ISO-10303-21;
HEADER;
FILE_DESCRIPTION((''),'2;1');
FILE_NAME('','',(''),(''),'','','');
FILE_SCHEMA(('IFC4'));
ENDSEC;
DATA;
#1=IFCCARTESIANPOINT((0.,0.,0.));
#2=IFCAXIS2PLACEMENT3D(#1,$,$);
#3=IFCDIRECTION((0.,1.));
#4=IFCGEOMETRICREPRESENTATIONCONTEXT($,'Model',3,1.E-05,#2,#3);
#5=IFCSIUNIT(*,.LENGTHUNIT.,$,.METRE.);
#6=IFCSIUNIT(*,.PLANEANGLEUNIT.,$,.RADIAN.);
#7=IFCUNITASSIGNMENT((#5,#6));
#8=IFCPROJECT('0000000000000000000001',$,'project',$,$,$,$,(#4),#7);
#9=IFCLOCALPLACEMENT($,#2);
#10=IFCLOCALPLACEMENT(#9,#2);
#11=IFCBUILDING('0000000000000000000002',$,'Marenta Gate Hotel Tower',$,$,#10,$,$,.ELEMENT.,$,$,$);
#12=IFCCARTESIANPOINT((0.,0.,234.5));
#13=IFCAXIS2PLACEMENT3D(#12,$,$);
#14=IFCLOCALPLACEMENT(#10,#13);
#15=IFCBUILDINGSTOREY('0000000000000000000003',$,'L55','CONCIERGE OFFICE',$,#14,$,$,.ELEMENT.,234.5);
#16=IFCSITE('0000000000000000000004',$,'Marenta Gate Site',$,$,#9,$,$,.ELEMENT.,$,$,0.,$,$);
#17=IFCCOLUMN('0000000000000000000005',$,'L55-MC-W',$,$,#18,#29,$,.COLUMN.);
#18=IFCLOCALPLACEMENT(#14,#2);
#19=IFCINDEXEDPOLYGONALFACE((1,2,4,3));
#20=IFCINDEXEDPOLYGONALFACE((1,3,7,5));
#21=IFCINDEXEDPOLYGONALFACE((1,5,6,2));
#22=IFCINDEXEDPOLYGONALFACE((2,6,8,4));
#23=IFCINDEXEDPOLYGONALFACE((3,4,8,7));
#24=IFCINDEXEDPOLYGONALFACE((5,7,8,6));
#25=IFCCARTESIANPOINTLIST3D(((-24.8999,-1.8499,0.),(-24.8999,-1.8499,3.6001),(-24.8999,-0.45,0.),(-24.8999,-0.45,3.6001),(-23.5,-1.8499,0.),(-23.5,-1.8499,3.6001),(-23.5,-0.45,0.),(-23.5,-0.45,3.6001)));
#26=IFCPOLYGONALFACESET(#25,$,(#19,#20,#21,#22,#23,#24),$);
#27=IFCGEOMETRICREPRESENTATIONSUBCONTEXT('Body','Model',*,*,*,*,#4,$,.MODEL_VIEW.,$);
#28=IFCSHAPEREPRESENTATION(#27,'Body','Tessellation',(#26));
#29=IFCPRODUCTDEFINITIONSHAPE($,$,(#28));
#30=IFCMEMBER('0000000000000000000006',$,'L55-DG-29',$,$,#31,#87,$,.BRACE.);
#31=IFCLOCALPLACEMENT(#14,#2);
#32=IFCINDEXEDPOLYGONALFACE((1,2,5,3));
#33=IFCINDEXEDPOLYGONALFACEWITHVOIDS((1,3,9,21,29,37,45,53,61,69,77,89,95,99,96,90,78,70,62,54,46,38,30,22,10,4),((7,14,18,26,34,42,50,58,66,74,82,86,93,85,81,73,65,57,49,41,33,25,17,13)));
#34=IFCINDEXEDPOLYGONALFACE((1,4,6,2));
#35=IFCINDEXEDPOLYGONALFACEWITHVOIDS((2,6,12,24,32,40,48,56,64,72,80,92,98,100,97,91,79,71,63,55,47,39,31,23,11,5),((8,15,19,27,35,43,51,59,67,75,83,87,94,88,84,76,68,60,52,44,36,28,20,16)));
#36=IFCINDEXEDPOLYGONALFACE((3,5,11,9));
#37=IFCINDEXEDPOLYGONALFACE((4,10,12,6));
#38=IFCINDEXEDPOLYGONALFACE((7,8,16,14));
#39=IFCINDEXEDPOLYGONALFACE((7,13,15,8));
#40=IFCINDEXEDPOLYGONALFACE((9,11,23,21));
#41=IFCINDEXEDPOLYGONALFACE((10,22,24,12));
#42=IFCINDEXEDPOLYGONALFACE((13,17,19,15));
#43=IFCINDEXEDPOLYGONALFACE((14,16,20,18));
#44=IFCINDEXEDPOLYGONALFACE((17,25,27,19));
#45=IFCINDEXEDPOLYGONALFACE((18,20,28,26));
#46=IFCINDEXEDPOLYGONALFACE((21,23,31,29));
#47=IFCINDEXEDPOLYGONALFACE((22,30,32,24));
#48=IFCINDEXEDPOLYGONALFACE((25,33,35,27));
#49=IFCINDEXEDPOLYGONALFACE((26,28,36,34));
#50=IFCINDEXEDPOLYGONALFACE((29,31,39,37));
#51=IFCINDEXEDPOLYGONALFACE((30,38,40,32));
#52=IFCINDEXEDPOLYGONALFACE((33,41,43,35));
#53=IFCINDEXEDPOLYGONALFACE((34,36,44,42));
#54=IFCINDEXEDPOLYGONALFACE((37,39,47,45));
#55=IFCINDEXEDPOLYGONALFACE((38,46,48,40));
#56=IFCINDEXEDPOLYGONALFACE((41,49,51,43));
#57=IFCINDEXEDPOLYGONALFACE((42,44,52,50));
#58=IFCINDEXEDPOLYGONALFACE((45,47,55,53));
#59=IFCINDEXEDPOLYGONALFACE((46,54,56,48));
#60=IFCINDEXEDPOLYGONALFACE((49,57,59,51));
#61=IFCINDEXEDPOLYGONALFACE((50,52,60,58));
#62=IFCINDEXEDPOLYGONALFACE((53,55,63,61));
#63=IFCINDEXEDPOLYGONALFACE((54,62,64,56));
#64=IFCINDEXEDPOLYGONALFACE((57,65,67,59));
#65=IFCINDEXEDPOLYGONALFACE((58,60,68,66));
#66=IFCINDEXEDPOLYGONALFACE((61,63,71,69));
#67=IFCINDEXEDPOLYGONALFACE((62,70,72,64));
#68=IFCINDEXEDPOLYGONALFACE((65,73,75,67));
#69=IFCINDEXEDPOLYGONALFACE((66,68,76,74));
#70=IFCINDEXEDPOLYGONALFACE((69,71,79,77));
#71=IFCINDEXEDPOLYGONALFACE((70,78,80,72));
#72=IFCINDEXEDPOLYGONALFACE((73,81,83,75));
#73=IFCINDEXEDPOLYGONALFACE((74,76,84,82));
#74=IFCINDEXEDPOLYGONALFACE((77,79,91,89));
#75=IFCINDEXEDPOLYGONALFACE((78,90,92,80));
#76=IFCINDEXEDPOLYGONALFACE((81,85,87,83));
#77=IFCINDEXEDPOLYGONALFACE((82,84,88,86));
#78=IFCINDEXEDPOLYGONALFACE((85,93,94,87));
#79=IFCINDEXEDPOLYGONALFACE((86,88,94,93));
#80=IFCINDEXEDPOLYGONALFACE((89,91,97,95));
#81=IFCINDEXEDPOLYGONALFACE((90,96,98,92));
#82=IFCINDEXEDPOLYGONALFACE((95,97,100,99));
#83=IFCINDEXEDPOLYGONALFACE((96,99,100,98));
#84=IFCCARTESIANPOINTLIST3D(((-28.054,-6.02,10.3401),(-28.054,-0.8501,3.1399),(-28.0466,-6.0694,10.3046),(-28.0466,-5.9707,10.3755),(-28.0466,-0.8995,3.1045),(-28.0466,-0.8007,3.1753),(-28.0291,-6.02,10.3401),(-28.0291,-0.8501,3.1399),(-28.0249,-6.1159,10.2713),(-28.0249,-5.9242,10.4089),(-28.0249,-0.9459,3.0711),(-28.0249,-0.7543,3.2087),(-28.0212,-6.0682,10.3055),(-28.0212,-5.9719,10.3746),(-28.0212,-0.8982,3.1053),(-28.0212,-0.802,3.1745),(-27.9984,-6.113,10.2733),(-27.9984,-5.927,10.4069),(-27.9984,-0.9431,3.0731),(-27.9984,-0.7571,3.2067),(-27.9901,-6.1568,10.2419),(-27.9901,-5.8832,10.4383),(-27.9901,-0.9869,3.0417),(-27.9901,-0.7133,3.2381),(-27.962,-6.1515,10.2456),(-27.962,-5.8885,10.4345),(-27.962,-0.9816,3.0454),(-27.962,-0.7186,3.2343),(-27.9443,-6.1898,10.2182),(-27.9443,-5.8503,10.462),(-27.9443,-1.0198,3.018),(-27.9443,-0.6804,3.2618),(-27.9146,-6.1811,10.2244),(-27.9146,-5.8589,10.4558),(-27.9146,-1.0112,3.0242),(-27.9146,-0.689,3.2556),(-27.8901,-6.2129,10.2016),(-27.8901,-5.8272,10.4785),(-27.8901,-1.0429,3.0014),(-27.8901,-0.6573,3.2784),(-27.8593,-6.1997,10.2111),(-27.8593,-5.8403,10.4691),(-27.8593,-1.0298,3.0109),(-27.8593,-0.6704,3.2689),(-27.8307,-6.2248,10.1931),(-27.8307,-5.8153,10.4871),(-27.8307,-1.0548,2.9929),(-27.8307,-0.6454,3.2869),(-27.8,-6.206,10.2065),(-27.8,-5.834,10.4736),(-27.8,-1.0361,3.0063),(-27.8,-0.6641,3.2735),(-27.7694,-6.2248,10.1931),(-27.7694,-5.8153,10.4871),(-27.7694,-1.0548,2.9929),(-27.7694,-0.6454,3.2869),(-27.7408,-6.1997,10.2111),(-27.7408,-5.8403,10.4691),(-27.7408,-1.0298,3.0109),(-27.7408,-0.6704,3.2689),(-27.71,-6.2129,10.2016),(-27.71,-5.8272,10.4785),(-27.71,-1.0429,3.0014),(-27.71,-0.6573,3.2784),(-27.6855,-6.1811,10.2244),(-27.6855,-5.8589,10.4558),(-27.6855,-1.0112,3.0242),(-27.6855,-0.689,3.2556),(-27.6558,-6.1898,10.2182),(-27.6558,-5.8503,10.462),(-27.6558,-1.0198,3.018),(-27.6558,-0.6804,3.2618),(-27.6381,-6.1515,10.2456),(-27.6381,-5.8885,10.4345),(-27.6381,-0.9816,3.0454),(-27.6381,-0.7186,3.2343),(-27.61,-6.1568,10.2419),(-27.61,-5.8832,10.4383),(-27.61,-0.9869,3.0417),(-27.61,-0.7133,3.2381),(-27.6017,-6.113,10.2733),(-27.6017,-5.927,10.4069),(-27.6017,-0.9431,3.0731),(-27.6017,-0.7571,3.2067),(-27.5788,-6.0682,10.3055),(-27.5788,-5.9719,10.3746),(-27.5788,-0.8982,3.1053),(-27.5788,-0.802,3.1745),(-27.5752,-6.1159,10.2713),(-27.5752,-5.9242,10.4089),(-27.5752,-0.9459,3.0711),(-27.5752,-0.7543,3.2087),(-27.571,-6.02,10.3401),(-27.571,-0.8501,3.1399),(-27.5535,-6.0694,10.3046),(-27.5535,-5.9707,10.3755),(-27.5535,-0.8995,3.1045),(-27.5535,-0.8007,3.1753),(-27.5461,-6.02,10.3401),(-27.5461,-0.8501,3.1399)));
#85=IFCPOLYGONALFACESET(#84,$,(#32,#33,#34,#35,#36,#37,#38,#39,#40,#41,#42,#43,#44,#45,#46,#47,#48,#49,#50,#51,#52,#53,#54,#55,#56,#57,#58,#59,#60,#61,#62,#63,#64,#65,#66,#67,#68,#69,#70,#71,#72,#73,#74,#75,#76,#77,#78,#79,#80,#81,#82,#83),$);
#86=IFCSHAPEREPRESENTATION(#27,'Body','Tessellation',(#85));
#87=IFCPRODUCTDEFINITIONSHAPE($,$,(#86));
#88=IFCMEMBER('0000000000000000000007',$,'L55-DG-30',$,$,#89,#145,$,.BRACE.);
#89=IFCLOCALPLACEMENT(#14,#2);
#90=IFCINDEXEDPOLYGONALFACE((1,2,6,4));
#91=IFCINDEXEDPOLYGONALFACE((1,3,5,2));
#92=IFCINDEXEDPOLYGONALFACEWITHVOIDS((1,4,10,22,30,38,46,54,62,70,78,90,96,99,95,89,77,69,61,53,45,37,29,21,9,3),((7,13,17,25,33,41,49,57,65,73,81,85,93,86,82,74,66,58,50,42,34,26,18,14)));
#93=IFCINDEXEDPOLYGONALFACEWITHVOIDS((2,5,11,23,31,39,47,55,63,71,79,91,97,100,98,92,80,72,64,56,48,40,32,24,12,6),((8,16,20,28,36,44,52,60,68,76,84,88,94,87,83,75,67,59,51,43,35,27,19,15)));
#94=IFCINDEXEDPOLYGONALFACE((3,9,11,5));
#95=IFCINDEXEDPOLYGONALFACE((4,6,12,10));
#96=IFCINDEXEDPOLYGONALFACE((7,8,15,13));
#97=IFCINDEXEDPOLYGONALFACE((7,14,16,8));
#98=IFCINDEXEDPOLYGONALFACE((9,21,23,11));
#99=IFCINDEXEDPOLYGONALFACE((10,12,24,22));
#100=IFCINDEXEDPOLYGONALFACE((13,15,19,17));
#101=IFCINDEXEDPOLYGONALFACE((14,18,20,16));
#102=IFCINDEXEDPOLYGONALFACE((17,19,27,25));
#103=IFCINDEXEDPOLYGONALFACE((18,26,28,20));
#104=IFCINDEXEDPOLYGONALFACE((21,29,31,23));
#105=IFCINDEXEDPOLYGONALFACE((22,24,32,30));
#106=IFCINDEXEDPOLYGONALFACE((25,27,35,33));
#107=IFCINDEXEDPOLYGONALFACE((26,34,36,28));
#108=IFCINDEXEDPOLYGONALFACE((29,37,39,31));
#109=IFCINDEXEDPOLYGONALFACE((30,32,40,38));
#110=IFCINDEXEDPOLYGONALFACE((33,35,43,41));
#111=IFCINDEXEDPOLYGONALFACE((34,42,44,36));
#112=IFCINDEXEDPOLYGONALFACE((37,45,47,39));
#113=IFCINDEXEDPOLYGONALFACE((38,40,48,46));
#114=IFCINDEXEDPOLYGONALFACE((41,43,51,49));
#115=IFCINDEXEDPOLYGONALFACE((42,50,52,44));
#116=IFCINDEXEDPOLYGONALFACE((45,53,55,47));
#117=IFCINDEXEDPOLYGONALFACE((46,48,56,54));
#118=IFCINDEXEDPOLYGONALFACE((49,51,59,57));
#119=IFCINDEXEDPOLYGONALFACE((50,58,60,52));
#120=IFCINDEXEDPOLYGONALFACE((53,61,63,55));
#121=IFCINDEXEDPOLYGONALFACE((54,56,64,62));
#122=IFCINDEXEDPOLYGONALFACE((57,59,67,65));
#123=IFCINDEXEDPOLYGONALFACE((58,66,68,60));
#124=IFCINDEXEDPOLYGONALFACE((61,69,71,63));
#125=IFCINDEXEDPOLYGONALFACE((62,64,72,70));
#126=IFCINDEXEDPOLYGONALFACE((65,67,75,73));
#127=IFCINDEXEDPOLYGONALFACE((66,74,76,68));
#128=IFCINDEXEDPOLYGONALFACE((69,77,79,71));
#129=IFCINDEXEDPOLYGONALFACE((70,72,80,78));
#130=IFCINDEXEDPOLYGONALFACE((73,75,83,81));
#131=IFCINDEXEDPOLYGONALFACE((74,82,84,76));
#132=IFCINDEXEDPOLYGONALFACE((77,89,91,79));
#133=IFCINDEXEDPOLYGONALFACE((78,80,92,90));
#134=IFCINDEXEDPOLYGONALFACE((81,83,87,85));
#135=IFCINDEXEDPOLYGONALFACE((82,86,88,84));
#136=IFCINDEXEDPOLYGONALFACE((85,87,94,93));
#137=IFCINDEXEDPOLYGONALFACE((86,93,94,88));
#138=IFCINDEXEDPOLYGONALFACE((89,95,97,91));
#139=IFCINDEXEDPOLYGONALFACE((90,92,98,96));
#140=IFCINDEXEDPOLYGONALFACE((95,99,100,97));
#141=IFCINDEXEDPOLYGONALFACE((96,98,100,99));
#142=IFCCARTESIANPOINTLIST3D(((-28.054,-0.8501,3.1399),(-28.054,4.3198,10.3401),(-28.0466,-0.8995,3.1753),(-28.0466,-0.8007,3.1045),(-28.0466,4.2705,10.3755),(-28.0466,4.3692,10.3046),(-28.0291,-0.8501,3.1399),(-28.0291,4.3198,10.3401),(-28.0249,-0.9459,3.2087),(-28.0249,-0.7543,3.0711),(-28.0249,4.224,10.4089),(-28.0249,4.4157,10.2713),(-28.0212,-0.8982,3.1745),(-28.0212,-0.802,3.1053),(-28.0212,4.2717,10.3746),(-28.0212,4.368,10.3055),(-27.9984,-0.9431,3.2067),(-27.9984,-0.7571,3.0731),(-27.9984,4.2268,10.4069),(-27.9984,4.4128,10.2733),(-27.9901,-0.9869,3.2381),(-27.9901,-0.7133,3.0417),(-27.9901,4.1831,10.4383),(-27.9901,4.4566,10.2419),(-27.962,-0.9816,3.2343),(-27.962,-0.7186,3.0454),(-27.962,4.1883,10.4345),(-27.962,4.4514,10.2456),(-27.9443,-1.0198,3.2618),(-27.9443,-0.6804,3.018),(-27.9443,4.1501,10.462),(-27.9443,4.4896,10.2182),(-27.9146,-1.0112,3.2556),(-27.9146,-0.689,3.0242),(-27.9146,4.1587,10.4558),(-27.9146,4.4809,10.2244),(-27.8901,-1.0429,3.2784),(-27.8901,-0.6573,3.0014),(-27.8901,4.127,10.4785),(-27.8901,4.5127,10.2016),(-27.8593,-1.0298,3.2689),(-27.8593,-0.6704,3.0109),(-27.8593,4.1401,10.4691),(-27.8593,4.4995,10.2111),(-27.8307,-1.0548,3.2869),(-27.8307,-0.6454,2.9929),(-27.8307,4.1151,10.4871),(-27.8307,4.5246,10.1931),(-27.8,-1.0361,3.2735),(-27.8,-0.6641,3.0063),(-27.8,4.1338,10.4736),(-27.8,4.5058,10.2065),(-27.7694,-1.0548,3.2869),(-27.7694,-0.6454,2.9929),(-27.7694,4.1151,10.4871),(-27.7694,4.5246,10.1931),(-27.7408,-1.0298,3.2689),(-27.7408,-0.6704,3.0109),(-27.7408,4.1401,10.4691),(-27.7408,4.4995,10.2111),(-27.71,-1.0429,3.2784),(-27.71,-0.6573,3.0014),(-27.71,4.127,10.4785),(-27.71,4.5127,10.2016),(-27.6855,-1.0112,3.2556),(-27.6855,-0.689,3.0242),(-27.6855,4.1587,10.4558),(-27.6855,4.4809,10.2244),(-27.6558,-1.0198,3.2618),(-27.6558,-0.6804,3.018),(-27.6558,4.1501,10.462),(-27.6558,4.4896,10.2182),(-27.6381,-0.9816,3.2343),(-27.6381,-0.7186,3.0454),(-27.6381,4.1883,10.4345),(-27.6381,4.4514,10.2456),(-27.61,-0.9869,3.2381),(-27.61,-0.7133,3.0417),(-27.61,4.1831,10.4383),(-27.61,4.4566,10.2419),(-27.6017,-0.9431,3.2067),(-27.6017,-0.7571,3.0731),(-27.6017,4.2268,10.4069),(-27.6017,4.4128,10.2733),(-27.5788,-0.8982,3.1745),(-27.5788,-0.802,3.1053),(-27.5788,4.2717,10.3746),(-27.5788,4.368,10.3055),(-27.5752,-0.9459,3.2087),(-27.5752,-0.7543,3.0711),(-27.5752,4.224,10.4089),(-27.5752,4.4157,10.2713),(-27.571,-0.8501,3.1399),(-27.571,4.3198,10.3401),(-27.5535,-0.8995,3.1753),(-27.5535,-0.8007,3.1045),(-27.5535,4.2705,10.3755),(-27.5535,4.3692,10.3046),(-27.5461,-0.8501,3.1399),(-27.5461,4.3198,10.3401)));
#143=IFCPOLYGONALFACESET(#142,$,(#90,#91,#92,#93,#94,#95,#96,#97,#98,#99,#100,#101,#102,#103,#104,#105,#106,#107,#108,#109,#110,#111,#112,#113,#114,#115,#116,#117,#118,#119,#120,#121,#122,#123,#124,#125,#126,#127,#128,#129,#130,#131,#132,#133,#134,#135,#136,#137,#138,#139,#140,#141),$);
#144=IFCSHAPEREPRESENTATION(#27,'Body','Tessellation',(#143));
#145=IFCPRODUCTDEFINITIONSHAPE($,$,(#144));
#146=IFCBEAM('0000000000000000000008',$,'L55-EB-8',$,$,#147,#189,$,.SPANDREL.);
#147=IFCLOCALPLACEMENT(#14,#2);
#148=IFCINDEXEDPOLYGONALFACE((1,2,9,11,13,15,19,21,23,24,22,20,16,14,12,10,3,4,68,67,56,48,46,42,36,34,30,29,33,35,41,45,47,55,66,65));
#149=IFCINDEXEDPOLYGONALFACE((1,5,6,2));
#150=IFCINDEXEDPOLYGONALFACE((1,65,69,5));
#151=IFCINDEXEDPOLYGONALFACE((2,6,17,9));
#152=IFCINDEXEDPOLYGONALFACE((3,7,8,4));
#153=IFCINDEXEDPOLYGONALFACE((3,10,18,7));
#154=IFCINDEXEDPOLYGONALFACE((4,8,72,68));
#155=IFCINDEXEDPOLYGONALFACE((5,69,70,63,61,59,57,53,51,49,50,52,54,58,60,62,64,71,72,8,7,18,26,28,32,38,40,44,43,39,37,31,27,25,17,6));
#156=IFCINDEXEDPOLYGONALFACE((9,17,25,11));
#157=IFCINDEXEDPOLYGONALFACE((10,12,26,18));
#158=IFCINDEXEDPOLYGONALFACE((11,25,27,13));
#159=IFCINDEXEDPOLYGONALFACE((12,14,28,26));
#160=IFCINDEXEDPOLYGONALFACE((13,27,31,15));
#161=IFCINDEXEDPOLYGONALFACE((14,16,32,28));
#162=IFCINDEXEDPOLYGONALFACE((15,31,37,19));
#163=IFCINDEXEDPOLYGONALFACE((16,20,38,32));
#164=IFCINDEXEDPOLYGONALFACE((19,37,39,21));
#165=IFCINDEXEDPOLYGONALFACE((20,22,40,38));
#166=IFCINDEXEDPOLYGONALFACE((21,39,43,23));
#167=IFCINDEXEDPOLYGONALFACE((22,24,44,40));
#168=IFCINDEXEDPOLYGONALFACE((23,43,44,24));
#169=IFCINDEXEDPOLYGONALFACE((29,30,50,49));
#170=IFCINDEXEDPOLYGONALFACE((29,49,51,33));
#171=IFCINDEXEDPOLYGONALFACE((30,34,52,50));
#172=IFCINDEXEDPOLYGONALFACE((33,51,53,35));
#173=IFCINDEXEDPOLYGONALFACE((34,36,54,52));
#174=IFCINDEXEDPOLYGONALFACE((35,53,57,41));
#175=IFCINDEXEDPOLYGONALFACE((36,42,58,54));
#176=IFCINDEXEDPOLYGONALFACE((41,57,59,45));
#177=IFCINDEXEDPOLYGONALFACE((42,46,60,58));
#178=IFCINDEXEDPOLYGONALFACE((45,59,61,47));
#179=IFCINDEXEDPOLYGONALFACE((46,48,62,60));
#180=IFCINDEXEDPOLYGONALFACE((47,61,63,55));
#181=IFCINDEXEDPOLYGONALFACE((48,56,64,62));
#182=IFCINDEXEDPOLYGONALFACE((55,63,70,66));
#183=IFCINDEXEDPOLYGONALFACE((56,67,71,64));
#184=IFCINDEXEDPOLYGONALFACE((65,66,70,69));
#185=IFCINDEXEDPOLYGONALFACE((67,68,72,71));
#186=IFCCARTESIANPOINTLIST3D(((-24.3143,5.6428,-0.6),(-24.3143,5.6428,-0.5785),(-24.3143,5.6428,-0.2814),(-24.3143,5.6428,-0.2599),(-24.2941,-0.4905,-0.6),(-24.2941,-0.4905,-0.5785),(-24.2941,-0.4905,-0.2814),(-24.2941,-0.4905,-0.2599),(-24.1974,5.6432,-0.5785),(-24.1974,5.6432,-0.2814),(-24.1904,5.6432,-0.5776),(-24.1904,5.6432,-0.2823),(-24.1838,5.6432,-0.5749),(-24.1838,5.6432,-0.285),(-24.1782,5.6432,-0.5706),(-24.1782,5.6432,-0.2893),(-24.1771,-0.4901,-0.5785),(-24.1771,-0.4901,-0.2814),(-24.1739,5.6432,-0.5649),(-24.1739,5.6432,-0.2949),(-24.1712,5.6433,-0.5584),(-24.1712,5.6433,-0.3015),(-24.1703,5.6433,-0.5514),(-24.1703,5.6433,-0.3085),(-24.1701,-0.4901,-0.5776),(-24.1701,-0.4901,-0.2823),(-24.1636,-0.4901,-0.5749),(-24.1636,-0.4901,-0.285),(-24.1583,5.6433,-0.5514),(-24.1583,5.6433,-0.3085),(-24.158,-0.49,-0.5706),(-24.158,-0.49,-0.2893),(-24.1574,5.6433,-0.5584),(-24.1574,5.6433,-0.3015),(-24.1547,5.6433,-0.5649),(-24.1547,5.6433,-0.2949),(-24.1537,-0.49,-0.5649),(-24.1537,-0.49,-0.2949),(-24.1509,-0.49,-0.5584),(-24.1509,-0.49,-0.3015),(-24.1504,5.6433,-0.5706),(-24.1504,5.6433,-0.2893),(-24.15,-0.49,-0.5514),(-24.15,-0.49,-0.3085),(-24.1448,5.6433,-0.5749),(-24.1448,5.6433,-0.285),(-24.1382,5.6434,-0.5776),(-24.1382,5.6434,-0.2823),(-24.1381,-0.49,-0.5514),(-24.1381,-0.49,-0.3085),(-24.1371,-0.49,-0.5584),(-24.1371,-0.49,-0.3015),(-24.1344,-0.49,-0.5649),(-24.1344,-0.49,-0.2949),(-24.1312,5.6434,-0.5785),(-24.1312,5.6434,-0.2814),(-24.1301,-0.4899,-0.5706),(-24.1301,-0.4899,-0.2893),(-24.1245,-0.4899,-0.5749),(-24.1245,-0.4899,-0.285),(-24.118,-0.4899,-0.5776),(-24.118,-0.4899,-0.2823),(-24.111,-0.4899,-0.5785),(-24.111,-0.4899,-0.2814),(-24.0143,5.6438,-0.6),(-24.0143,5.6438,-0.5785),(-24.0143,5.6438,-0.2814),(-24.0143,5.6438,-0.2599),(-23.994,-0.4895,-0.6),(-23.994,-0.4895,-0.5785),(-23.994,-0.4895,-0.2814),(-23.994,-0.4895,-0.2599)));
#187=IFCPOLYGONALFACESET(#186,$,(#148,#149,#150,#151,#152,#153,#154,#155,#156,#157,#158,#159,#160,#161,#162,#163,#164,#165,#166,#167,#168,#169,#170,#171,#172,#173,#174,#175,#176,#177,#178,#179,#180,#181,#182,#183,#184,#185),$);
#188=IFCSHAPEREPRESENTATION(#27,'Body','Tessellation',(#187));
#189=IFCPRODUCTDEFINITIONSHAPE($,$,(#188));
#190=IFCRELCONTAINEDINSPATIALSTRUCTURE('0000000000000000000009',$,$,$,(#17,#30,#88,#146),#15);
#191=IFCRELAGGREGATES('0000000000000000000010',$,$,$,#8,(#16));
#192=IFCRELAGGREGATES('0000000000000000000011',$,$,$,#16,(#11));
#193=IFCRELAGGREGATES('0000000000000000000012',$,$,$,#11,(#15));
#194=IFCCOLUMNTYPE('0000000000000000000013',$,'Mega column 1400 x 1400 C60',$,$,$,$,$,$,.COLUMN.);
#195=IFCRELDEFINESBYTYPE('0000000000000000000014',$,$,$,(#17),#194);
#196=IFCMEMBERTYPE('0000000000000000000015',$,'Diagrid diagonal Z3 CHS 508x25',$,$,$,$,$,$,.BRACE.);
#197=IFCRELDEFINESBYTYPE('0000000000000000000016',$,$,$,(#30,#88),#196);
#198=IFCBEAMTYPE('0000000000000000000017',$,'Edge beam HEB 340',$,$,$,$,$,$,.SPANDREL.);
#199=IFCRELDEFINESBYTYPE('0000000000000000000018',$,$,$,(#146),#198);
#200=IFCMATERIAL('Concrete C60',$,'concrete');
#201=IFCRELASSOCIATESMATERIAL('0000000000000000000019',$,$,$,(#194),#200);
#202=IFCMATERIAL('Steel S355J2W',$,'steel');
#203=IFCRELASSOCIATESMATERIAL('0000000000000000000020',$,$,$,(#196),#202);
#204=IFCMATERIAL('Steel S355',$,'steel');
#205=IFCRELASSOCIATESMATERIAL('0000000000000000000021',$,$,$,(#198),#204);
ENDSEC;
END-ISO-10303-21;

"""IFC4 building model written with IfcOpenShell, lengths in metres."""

from ifc_helpers import new_model, si_unit, direction, frame, origin, origin_2d, place, context, subcontext, project, spatial, rectangle, hollow_circle, i_section, extrude, material, material_profile, profile_set, type_object, element, save


model = new_model("IFC4")

# Units and contexts
model_context = context("Model", 3, precision=1e-05, world=origin(), true_north=direction((0.0, 1.0)))
body_context = subcontext(model_context, "Body", "Model", "MODEL_VIEW")
ifc_project = project(units=[si_unit("LENGTHUNIT", "METRE"), si_unit("PLANEANGLEUNIT", "RADIAN")], contexts=[model_context])

# Site, building, storey
site_placement = place(None, origin())
site = spatial("IfcSite", under=ifc_project, at=site_placement, Name="Marenta Gate Site", CompositionType="ELEMENT", RefElevation=0.0)
building_placement = place(site_placement, origin())
building = spatial("IfcBuilding", under=site, at=building_placement, Name="Marenta Gate Hotel Tower", CompositionType="ELEMENT")
storey_placement = place(building_placement, frame((0.0, 0.0, 234.5)))
storey = spatial("IfcBuildingStorey", under=building, at=storey_placement, Name="L55", Description="CONCIERGE OFFICE", CompositionType="ELEMENT", Elevation=234.5)

# Column
ifc_material_1 = material(Name="Concrete C60", Category="concrete")
ifc_material_profile_1 = material_profile(ifc_material_1, rectangle(XDim=1.3999, YDim=1.3999, at=origin_2d()), Name="1400 x 1400")
ifc_profile_set_1 = profile_set([ifc_material_profile_1], Name="Concrete C60")
column_type = type_object("IfcColumnType", Name="Mega column 1400 x 1400 C60", PredefinedType="COLUMN", material=ifc_profile_set_1)
column_placement = place(storey_placement, frame((-24.2, -1.1499, 0.0), z_axis=(0.0, 0.0, 1.0), x_axis=(1.0, 0.0, 0.0)))
element("IfcColumn", 1, at=column_placement, inside=storey, type_object=column_type, Name="L55-MC-W", PredefinedType="COLUMN", context=body_context, shape_type="SweptSolid", body=[
    extrude(rectangle(XDim=1.3999, YDim=1.3999, at=origin_2d()), origin(), (0.0, 0.0, 1.0), 3.6001),
])

# Members
ifc_material_2 = material(Name="Steel S355J2W", Category="steel")
ifc_material_profile_2 = material_profile(ifc_material_2, hollow_circle(Radius=0.2539, WallThickness=0.0249, at=origin_2d()), Name="CHS 508x25")
ifc_profile_set_2 = profile_set([ifc_material_profile_2], Name="Steel S355J2W")
member_type_1 = type_object("IfcMemberType", Name="Diagrid diagonal Z3 CHS 508x25", PredefinedType="BRACE", material=ifc_profile_set_2)
for number, where, z_axis, x_axis, name in (
    (2, (-27.8, -0.8501, 3.1399), (0.0, -0.583248, 0.812294), (1.0, 0.0, 0.0), "L55-DG-29"),
    (3, (-27.8, -0.8501, 3.1399), (0.0, 0.583248, 0.812294), (-1.0, 0.0, 0.0), "L55-DG-30"),
):
    element("IfcMember", number, at=place(storey_placement, frame(where, z_axis=z_axis, x_axis=x_axis)), inside=storey, type_object=member_type_1, Name=name, PredefinedType="BRACE", context=body_context, shape_type="SweptSolid", body=[
        extrude(hollow_circle(Radius=0.2539, WallThickness=0.0249, at=origin_2d()), origin(), (0.0, 0.0, 1.0), 8.864),
    ])

# Beam
ifc_material_3 = material(Name="Steel S355", Category="steel")
ifc_material_profile_3 = material_profile(ifc_material_3, i_section(OverallWidth=0.3, OverallDepth=0.3401, WebThickness=0.012, FlangeThickness=0.0215, FilletRadius=0.0271, at=origin_2d()), Name="HEB 340")
ifc_profile_set_3 = profile_set([ifc_material_profile_3], Name="Steel S355")
beam_type = type_object("IfcBeamType", Name="Edge beam HEB 340", PredefinedType="SPANDREL", material=ifc_profile_set_3)
beam_placement = place(storey_placement, frame((-24.144, -0.49, -0.4299), z_axis=(-0.003304, 0.999995, 0.0), x_axis=(-0.999995, -0.003304, 0.0)))
element("IfcBeam", 4, at=beam_placement, inside=storey, type_object=beam_type, Name="L55-EB-8", PredefinedType="SPANDREL", context=body_context, shape_type="SweptSolid", body=[
    extrude(i_section(OverallWidth=0.3, OverallDepth=0.3401, WebThickness=0.012, FlangeThickness=0.0215, FilletRadius=0.0271, at=origin_2d()), origin(), (0.0, 0.0, 1.0), 6.1333),
])

save(model, "model.ifc")
